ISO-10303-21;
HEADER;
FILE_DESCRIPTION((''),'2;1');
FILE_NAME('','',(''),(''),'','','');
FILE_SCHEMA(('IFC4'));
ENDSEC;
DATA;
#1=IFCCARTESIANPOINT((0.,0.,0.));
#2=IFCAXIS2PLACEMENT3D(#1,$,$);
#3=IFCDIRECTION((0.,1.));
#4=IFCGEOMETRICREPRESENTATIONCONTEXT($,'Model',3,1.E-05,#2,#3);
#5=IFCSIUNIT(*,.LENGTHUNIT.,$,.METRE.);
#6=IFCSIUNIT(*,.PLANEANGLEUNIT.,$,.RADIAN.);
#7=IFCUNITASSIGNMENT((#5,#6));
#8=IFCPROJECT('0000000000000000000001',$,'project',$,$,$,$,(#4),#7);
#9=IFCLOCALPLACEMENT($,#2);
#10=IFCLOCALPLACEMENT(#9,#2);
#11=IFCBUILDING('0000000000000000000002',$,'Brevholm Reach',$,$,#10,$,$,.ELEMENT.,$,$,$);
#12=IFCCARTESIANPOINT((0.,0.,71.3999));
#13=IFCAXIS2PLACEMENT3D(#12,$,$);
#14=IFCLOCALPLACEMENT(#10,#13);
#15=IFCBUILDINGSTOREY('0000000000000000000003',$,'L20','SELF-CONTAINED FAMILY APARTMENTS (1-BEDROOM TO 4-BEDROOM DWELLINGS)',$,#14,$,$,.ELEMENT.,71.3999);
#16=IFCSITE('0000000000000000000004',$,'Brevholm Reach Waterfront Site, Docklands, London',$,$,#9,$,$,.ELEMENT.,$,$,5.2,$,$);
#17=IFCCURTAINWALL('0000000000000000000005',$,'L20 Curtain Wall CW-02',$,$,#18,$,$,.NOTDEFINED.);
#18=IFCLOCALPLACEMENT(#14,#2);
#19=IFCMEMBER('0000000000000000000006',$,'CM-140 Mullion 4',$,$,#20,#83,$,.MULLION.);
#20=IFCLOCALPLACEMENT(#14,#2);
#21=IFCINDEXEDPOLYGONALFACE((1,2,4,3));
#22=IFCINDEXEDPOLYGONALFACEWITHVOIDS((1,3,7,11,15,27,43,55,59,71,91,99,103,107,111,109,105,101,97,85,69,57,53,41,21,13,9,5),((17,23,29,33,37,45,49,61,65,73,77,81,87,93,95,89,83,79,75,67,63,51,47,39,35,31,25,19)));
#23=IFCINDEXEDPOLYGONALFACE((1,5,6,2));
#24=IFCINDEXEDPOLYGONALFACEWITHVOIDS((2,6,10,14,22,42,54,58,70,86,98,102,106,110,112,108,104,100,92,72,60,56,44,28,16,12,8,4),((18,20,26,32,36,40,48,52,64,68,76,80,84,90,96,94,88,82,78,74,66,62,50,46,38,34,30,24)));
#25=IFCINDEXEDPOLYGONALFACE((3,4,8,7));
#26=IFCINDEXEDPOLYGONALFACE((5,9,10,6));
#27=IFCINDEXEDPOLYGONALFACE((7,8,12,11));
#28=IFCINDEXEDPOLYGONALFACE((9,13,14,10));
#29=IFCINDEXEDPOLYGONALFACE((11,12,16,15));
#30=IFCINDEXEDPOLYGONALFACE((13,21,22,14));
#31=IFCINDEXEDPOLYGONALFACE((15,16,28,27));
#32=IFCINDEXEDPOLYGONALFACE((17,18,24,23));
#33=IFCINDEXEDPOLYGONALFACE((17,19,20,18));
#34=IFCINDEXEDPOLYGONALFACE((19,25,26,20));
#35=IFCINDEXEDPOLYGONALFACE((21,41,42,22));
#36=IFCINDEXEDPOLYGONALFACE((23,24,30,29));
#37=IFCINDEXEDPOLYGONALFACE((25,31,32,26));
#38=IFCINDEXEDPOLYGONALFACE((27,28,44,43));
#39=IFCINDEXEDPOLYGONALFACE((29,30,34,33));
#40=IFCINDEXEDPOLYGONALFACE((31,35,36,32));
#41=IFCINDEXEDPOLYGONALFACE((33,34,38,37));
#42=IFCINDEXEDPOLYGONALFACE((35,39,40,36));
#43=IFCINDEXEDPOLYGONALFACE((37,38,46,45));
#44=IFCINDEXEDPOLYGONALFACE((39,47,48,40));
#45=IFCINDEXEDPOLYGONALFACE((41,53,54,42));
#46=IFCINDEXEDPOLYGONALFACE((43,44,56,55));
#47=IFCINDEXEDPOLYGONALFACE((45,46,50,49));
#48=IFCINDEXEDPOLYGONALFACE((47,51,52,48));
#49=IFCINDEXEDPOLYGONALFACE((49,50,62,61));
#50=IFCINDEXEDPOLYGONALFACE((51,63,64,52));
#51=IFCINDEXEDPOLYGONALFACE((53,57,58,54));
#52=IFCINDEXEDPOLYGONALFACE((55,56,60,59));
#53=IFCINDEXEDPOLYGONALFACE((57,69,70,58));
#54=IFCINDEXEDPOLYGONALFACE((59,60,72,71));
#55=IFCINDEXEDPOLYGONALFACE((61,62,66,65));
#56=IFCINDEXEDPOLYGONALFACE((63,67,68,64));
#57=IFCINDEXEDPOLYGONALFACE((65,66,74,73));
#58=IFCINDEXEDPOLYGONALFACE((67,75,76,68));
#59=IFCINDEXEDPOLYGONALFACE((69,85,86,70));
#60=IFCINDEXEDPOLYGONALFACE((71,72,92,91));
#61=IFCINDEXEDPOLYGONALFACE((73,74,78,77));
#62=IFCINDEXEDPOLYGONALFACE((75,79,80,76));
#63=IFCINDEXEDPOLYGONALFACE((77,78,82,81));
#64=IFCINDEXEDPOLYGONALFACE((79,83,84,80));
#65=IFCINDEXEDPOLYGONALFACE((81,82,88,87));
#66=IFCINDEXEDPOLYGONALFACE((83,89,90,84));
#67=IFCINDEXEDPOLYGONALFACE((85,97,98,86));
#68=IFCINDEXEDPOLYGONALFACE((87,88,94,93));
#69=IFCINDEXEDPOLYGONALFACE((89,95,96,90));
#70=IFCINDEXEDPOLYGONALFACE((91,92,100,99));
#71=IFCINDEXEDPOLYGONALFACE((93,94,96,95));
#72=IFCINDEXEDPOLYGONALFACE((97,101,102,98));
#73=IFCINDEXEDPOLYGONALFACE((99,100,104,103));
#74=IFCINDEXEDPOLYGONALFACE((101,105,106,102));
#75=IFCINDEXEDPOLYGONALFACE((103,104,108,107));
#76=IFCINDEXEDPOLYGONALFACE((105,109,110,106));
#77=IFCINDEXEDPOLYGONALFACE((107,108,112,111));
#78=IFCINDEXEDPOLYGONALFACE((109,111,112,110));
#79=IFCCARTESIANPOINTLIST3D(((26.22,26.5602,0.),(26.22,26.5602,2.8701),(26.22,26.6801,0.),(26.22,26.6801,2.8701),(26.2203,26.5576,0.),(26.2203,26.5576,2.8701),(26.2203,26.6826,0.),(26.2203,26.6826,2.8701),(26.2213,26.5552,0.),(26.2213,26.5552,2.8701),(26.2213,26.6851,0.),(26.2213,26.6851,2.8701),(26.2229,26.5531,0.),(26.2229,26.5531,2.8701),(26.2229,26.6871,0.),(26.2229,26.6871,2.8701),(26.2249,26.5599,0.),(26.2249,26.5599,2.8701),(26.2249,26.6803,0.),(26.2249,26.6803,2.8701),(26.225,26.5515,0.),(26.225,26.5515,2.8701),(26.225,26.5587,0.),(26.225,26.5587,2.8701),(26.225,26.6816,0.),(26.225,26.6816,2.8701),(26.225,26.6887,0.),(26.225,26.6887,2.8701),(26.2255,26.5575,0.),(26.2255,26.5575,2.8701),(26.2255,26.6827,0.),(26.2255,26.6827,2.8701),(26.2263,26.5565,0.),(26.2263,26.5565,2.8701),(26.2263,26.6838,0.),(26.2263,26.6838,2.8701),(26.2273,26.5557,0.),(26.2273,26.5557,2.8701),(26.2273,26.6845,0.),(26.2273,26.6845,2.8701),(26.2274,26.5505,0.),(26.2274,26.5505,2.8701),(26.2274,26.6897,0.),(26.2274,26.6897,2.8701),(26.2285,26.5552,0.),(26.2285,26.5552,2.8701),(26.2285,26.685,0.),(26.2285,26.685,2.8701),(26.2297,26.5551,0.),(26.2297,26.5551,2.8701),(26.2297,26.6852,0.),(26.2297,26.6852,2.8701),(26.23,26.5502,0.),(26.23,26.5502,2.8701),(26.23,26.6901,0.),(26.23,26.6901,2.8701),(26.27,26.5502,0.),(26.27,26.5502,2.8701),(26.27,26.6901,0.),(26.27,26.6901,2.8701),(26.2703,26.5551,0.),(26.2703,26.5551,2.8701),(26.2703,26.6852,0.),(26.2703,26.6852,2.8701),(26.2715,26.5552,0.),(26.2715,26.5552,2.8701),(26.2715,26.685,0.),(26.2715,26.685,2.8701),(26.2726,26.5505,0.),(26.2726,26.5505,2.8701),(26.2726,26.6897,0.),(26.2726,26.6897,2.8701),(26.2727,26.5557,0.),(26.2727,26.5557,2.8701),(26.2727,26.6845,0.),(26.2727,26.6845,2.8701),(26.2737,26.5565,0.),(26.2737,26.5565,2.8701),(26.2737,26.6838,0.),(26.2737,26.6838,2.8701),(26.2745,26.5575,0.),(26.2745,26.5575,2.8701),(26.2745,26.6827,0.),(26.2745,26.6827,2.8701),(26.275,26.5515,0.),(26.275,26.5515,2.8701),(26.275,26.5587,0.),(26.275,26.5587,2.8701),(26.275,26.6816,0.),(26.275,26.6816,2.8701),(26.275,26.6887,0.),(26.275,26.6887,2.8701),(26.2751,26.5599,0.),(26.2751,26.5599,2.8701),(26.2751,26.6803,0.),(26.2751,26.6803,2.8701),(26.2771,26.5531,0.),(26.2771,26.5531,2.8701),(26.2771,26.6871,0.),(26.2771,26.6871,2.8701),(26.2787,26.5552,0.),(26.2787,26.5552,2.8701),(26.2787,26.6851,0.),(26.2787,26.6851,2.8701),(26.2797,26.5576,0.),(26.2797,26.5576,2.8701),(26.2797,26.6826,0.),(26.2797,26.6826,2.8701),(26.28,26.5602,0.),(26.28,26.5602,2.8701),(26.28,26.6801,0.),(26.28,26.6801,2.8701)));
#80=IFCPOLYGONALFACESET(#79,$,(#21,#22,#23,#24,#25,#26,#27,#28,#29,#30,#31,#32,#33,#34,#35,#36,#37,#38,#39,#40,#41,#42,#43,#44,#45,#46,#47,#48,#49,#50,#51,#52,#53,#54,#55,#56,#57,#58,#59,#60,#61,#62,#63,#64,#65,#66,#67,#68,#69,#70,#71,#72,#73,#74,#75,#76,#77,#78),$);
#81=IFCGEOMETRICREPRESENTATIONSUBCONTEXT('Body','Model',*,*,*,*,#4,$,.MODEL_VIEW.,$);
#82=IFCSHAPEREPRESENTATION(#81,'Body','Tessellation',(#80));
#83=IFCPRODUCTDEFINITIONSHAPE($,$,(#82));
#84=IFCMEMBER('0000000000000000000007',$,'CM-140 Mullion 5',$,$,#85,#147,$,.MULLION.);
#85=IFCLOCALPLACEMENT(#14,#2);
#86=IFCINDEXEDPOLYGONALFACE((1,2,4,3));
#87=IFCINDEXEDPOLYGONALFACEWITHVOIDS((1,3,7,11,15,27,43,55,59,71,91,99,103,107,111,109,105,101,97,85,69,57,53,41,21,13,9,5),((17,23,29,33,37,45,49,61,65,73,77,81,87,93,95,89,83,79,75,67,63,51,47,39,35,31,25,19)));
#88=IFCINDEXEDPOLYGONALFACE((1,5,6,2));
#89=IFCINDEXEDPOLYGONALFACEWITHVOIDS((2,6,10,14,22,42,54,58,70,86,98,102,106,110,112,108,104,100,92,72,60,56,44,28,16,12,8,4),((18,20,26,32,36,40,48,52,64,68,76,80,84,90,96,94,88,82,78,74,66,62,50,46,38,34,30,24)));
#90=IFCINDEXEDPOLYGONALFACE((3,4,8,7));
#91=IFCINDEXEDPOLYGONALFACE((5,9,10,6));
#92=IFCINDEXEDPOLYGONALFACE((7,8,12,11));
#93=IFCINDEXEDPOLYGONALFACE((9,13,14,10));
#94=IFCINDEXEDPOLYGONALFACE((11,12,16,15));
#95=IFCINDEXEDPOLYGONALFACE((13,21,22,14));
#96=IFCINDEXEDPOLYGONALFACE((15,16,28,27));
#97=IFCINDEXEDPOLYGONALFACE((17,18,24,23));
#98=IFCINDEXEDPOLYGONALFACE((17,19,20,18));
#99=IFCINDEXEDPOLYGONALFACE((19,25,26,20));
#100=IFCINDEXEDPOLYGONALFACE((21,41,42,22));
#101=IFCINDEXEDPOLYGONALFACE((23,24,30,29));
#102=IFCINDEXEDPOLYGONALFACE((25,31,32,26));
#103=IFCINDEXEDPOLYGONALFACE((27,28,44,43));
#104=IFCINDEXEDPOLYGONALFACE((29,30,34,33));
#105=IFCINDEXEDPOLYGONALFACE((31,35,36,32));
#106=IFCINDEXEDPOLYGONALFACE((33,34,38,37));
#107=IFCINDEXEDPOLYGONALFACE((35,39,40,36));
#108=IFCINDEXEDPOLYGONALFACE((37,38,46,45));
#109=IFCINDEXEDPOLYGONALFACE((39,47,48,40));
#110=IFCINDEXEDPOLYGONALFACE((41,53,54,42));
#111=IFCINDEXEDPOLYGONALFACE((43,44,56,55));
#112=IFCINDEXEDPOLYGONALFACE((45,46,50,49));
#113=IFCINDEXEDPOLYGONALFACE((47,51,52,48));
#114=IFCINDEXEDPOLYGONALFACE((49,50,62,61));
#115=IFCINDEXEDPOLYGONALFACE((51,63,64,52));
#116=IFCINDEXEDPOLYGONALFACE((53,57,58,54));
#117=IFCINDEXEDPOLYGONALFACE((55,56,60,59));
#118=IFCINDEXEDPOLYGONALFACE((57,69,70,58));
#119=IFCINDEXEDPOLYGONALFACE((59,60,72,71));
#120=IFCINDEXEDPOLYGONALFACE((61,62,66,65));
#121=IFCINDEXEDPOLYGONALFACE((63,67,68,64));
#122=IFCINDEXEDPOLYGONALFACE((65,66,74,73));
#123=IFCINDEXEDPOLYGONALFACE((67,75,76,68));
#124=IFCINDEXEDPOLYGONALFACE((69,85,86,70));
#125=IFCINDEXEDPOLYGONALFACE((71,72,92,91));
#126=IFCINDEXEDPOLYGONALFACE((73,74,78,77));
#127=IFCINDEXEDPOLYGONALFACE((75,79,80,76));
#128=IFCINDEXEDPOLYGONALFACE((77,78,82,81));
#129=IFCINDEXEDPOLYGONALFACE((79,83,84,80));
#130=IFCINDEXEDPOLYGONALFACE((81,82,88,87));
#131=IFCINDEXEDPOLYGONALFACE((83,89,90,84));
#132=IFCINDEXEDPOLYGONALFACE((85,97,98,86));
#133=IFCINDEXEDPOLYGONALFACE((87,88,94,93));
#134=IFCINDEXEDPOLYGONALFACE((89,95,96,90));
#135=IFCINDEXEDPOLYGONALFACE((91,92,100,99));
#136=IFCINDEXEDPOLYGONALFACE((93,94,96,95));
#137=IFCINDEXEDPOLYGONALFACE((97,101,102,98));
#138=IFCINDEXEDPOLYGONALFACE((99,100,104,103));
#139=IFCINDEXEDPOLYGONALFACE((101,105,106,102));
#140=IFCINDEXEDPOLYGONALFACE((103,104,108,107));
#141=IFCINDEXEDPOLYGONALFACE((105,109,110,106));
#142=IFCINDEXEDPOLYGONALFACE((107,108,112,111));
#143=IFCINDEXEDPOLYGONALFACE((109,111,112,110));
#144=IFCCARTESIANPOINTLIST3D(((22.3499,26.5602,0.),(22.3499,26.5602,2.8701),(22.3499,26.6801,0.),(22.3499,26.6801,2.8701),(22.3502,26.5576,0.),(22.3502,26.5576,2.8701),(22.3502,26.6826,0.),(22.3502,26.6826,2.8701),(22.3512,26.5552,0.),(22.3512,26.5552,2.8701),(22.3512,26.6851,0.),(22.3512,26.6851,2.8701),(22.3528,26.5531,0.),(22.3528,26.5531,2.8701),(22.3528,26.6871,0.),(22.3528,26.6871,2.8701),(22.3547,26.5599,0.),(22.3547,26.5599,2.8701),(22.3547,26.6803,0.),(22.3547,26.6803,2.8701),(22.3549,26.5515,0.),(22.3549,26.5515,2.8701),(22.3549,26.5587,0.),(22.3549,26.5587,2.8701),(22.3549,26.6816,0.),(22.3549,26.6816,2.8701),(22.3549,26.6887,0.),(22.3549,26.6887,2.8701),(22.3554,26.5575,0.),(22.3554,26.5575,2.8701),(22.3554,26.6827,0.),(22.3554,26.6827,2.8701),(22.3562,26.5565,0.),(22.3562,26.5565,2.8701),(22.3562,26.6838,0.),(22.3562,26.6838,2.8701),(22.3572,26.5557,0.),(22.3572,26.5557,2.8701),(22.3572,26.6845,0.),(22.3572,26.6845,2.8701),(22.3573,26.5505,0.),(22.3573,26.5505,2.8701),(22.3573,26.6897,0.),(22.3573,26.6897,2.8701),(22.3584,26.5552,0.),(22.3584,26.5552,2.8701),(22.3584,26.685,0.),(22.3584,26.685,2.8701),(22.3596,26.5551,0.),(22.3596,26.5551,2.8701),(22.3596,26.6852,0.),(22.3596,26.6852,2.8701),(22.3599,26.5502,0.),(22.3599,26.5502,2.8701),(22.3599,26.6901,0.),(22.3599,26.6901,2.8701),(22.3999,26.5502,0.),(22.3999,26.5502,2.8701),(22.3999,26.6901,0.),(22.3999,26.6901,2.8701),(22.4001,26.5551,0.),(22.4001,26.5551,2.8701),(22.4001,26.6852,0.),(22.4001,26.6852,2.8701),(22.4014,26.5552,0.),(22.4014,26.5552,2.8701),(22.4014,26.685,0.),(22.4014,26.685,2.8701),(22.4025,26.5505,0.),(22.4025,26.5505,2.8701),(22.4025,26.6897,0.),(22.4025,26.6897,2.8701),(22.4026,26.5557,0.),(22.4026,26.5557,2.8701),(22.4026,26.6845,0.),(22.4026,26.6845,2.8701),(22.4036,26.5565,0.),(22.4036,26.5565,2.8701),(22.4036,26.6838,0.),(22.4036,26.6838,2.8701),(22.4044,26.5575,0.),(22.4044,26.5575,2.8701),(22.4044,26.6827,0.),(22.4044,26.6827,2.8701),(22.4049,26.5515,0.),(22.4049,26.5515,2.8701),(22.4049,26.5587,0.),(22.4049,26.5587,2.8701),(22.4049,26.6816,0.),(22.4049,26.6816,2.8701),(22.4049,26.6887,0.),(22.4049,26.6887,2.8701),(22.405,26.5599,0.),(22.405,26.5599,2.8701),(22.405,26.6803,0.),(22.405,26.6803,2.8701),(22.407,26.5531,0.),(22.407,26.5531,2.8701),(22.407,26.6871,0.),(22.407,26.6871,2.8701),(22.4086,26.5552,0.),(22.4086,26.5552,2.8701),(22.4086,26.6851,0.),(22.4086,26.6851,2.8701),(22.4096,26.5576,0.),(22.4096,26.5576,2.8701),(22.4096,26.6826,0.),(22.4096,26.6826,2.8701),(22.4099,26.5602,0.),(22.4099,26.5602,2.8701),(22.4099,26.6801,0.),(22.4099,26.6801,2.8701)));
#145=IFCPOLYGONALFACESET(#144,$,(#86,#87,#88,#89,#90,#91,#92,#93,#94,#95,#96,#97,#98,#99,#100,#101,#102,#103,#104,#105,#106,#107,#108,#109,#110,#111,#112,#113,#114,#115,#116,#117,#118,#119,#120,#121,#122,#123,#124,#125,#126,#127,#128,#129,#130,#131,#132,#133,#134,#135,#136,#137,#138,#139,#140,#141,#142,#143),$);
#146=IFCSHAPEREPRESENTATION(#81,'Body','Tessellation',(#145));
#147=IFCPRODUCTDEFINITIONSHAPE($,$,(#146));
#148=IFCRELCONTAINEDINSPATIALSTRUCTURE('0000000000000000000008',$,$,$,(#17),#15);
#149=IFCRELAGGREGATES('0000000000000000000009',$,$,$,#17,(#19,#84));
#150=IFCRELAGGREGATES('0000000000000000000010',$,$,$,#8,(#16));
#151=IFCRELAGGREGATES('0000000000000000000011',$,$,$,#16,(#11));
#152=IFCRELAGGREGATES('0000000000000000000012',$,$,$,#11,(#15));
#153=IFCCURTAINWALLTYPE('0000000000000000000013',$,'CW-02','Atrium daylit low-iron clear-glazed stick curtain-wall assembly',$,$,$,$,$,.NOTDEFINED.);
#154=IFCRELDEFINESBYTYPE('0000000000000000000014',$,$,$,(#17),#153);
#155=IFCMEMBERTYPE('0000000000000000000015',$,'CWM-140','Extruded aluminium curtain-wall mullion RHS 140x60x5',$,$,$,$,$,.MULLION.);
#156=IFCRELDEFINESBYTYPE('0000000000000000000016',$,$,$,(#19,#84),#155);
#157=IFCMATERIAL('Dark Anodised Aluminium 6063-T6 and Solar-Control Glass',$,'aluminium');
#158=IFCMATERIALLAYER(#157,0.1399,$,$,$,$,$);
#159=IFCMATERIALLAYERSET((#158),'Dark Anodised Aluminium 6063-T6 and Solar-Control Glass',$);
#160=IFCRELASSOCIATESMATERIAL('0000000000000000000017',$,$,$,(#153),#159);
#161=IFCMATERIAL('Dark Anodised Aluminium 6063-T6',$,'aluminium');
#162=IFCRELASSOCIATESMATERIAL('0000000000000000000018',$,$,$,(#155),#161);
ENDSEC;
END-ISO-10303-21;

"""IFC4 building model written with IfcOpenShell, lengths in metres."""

from ifc_helpers import new_model, si_unit, direction, frame, origin, origin_2d, place, context, subcontext, project, spatial, hollow_rectangle, extrude, material, layer, layer_set, material_profile, profile_set, type_object, element, aggregate, save


model = new_model("IFC4")

# Units and contexts
model_context = context("Model", 3, precision=1e-05, world=origin(), true_north=direction((0.0, 1.0)))
body_context = subcontext(model_context, "Body", "Model", "MODEL_VIEW")
ifc_project = project(units=[si_unit("LENGTHUNIT", "METRE"), si_unit("PLANEANGLEUNIT", "RADIAN")], contexts=[model_context])

# Site, building, storey
site_placement = place(None, origin())
site = spatial("IfcSite", under=ifc_project, at=site_placement, Name="Brevholm Reach Waterfront Site, Docklands, London", CompositionType="ELEMENT", RefElevation=5.2)
building_placement = place(site_placement, origin())
building = spatial("IfcBuilding", under=site, at=building_placement, Name="Brevholm Reach", CompositionType="ELEMENT")
storey_placement = place(building_placement, frame((0.0, 0.0, 71.3999)))
storey = spatial("IfcBuildingStorey", under=building, at=storey_placement, Name="L20", Description="SELF-CONTAINED FAMILY APARTMENTS (1-BEDROOM TO 4-BEDROOM DWELLINGS)", CompositionType="ELEMENT", Elevation=71.3999)

# Curtain wall, members
ifc_material_1 = material(Name="Dark Anodised Aluminium 6063-T6 and Solar-Control Glass", Category="aluminium")
ifc_layer_1 = layer(ifc_material_1, 0.1399)
ifc_layer_set_1 = layer_set([ifc_layer_1], Name="Dark Anodised Aluminium 6063-T6 and Solar-Control Glass")
curtain_wall_type_1 = type_object("IfcCurtainWallType", Name="CW-02", Description="Atrium daylit low-iron clear-glazed stick curtain-wall assembly", PredefinedType="NOTDEFINED", material=ifc_layer_set_1)
curtain_wall_1_placement = place(storey_placement, origin())
curtain_wall_1 = element("IfcCurtainWall", 1, at=curtain_wall_1_placement, inside=storey, type_object=curtain_wall_type_1, Name="L20 Curtain Wall CW-02", PredefinedType="NOTDEFINED")
ifc_material_2 = material(Name="Dark Anodised Aluminium 6063-T6", Category="aluminium")
ifc_material_profile_1 = material_profile(ifc_material_2, hollow_rectangle(XDim=0.0601, YDim=0.1399, WallThickness=0.0049, InnerFilletRadius=0.0049, OuterFilletRadius=0.01, at=origin_2d()), Name="RHS 140x60x5")
ifc_profile_set_1 = profile_set([ifc_material_profile_1], Name="Dark Anodised Aluminium 6063-T6")
member_type_1 = type_object("IfcMemberType", Name="CWM-140", Description="Extruded aluminium curtain-wall mullion RHS 140x60x5", PredefinedType="MULLION", material=ifc_profile_set_1)
member_1_placement = place(storey_placement, frame((26.25, 26.6201, 0.0), z_axis=(0.0, 0.0, 1.0), x_axis=(-1.0, 0.0, 0.0)))
member_1 = element("IfcMember", 2, at=member_1_placement, type_object=member_type_1, Name="CM-140 Mullion 4", PredefinedType="MULLION", context=body_context, shape_type="SweptSolid", body=[
    extrude(hollow_rectangle(XDim=0.0601, YDim=0.1399, WallThickness=0.0049, InnerFilletRadius=0.0049, OuterFilletRadius=0.01, at=origin_2d()), origin(), (0.0, 0.0, 1.0), 2.8701),
])
member_2_placement = place(storey_placement, frame((22.3799, 26.6201, 0.0), z_axis=(0.0, 0.0, 1.0), x_axis=(-1.0, 0.0, 0.0)))
member_2 = element("IfcMember", 3, at=member_2_placement, type_object=member_type_1, Name="CM-140 Mullion 5", PredefinedType="MULLION", context=body_context, shape_type="SweptSolid", body=[
    extrude(hollow_rectangle(XDim=0.0601, YDim=0.1399, WallThickness=0.0049, InnerFilletRadius=0.0049, OuterFilletRadius=0.01, at=origin_2d()), origin(), (0.0, 0.0, 1.0), 2.8701),
])

aggregate(curtain_wall_1, [member_1, member_2])

save(model, "model.ifc")
